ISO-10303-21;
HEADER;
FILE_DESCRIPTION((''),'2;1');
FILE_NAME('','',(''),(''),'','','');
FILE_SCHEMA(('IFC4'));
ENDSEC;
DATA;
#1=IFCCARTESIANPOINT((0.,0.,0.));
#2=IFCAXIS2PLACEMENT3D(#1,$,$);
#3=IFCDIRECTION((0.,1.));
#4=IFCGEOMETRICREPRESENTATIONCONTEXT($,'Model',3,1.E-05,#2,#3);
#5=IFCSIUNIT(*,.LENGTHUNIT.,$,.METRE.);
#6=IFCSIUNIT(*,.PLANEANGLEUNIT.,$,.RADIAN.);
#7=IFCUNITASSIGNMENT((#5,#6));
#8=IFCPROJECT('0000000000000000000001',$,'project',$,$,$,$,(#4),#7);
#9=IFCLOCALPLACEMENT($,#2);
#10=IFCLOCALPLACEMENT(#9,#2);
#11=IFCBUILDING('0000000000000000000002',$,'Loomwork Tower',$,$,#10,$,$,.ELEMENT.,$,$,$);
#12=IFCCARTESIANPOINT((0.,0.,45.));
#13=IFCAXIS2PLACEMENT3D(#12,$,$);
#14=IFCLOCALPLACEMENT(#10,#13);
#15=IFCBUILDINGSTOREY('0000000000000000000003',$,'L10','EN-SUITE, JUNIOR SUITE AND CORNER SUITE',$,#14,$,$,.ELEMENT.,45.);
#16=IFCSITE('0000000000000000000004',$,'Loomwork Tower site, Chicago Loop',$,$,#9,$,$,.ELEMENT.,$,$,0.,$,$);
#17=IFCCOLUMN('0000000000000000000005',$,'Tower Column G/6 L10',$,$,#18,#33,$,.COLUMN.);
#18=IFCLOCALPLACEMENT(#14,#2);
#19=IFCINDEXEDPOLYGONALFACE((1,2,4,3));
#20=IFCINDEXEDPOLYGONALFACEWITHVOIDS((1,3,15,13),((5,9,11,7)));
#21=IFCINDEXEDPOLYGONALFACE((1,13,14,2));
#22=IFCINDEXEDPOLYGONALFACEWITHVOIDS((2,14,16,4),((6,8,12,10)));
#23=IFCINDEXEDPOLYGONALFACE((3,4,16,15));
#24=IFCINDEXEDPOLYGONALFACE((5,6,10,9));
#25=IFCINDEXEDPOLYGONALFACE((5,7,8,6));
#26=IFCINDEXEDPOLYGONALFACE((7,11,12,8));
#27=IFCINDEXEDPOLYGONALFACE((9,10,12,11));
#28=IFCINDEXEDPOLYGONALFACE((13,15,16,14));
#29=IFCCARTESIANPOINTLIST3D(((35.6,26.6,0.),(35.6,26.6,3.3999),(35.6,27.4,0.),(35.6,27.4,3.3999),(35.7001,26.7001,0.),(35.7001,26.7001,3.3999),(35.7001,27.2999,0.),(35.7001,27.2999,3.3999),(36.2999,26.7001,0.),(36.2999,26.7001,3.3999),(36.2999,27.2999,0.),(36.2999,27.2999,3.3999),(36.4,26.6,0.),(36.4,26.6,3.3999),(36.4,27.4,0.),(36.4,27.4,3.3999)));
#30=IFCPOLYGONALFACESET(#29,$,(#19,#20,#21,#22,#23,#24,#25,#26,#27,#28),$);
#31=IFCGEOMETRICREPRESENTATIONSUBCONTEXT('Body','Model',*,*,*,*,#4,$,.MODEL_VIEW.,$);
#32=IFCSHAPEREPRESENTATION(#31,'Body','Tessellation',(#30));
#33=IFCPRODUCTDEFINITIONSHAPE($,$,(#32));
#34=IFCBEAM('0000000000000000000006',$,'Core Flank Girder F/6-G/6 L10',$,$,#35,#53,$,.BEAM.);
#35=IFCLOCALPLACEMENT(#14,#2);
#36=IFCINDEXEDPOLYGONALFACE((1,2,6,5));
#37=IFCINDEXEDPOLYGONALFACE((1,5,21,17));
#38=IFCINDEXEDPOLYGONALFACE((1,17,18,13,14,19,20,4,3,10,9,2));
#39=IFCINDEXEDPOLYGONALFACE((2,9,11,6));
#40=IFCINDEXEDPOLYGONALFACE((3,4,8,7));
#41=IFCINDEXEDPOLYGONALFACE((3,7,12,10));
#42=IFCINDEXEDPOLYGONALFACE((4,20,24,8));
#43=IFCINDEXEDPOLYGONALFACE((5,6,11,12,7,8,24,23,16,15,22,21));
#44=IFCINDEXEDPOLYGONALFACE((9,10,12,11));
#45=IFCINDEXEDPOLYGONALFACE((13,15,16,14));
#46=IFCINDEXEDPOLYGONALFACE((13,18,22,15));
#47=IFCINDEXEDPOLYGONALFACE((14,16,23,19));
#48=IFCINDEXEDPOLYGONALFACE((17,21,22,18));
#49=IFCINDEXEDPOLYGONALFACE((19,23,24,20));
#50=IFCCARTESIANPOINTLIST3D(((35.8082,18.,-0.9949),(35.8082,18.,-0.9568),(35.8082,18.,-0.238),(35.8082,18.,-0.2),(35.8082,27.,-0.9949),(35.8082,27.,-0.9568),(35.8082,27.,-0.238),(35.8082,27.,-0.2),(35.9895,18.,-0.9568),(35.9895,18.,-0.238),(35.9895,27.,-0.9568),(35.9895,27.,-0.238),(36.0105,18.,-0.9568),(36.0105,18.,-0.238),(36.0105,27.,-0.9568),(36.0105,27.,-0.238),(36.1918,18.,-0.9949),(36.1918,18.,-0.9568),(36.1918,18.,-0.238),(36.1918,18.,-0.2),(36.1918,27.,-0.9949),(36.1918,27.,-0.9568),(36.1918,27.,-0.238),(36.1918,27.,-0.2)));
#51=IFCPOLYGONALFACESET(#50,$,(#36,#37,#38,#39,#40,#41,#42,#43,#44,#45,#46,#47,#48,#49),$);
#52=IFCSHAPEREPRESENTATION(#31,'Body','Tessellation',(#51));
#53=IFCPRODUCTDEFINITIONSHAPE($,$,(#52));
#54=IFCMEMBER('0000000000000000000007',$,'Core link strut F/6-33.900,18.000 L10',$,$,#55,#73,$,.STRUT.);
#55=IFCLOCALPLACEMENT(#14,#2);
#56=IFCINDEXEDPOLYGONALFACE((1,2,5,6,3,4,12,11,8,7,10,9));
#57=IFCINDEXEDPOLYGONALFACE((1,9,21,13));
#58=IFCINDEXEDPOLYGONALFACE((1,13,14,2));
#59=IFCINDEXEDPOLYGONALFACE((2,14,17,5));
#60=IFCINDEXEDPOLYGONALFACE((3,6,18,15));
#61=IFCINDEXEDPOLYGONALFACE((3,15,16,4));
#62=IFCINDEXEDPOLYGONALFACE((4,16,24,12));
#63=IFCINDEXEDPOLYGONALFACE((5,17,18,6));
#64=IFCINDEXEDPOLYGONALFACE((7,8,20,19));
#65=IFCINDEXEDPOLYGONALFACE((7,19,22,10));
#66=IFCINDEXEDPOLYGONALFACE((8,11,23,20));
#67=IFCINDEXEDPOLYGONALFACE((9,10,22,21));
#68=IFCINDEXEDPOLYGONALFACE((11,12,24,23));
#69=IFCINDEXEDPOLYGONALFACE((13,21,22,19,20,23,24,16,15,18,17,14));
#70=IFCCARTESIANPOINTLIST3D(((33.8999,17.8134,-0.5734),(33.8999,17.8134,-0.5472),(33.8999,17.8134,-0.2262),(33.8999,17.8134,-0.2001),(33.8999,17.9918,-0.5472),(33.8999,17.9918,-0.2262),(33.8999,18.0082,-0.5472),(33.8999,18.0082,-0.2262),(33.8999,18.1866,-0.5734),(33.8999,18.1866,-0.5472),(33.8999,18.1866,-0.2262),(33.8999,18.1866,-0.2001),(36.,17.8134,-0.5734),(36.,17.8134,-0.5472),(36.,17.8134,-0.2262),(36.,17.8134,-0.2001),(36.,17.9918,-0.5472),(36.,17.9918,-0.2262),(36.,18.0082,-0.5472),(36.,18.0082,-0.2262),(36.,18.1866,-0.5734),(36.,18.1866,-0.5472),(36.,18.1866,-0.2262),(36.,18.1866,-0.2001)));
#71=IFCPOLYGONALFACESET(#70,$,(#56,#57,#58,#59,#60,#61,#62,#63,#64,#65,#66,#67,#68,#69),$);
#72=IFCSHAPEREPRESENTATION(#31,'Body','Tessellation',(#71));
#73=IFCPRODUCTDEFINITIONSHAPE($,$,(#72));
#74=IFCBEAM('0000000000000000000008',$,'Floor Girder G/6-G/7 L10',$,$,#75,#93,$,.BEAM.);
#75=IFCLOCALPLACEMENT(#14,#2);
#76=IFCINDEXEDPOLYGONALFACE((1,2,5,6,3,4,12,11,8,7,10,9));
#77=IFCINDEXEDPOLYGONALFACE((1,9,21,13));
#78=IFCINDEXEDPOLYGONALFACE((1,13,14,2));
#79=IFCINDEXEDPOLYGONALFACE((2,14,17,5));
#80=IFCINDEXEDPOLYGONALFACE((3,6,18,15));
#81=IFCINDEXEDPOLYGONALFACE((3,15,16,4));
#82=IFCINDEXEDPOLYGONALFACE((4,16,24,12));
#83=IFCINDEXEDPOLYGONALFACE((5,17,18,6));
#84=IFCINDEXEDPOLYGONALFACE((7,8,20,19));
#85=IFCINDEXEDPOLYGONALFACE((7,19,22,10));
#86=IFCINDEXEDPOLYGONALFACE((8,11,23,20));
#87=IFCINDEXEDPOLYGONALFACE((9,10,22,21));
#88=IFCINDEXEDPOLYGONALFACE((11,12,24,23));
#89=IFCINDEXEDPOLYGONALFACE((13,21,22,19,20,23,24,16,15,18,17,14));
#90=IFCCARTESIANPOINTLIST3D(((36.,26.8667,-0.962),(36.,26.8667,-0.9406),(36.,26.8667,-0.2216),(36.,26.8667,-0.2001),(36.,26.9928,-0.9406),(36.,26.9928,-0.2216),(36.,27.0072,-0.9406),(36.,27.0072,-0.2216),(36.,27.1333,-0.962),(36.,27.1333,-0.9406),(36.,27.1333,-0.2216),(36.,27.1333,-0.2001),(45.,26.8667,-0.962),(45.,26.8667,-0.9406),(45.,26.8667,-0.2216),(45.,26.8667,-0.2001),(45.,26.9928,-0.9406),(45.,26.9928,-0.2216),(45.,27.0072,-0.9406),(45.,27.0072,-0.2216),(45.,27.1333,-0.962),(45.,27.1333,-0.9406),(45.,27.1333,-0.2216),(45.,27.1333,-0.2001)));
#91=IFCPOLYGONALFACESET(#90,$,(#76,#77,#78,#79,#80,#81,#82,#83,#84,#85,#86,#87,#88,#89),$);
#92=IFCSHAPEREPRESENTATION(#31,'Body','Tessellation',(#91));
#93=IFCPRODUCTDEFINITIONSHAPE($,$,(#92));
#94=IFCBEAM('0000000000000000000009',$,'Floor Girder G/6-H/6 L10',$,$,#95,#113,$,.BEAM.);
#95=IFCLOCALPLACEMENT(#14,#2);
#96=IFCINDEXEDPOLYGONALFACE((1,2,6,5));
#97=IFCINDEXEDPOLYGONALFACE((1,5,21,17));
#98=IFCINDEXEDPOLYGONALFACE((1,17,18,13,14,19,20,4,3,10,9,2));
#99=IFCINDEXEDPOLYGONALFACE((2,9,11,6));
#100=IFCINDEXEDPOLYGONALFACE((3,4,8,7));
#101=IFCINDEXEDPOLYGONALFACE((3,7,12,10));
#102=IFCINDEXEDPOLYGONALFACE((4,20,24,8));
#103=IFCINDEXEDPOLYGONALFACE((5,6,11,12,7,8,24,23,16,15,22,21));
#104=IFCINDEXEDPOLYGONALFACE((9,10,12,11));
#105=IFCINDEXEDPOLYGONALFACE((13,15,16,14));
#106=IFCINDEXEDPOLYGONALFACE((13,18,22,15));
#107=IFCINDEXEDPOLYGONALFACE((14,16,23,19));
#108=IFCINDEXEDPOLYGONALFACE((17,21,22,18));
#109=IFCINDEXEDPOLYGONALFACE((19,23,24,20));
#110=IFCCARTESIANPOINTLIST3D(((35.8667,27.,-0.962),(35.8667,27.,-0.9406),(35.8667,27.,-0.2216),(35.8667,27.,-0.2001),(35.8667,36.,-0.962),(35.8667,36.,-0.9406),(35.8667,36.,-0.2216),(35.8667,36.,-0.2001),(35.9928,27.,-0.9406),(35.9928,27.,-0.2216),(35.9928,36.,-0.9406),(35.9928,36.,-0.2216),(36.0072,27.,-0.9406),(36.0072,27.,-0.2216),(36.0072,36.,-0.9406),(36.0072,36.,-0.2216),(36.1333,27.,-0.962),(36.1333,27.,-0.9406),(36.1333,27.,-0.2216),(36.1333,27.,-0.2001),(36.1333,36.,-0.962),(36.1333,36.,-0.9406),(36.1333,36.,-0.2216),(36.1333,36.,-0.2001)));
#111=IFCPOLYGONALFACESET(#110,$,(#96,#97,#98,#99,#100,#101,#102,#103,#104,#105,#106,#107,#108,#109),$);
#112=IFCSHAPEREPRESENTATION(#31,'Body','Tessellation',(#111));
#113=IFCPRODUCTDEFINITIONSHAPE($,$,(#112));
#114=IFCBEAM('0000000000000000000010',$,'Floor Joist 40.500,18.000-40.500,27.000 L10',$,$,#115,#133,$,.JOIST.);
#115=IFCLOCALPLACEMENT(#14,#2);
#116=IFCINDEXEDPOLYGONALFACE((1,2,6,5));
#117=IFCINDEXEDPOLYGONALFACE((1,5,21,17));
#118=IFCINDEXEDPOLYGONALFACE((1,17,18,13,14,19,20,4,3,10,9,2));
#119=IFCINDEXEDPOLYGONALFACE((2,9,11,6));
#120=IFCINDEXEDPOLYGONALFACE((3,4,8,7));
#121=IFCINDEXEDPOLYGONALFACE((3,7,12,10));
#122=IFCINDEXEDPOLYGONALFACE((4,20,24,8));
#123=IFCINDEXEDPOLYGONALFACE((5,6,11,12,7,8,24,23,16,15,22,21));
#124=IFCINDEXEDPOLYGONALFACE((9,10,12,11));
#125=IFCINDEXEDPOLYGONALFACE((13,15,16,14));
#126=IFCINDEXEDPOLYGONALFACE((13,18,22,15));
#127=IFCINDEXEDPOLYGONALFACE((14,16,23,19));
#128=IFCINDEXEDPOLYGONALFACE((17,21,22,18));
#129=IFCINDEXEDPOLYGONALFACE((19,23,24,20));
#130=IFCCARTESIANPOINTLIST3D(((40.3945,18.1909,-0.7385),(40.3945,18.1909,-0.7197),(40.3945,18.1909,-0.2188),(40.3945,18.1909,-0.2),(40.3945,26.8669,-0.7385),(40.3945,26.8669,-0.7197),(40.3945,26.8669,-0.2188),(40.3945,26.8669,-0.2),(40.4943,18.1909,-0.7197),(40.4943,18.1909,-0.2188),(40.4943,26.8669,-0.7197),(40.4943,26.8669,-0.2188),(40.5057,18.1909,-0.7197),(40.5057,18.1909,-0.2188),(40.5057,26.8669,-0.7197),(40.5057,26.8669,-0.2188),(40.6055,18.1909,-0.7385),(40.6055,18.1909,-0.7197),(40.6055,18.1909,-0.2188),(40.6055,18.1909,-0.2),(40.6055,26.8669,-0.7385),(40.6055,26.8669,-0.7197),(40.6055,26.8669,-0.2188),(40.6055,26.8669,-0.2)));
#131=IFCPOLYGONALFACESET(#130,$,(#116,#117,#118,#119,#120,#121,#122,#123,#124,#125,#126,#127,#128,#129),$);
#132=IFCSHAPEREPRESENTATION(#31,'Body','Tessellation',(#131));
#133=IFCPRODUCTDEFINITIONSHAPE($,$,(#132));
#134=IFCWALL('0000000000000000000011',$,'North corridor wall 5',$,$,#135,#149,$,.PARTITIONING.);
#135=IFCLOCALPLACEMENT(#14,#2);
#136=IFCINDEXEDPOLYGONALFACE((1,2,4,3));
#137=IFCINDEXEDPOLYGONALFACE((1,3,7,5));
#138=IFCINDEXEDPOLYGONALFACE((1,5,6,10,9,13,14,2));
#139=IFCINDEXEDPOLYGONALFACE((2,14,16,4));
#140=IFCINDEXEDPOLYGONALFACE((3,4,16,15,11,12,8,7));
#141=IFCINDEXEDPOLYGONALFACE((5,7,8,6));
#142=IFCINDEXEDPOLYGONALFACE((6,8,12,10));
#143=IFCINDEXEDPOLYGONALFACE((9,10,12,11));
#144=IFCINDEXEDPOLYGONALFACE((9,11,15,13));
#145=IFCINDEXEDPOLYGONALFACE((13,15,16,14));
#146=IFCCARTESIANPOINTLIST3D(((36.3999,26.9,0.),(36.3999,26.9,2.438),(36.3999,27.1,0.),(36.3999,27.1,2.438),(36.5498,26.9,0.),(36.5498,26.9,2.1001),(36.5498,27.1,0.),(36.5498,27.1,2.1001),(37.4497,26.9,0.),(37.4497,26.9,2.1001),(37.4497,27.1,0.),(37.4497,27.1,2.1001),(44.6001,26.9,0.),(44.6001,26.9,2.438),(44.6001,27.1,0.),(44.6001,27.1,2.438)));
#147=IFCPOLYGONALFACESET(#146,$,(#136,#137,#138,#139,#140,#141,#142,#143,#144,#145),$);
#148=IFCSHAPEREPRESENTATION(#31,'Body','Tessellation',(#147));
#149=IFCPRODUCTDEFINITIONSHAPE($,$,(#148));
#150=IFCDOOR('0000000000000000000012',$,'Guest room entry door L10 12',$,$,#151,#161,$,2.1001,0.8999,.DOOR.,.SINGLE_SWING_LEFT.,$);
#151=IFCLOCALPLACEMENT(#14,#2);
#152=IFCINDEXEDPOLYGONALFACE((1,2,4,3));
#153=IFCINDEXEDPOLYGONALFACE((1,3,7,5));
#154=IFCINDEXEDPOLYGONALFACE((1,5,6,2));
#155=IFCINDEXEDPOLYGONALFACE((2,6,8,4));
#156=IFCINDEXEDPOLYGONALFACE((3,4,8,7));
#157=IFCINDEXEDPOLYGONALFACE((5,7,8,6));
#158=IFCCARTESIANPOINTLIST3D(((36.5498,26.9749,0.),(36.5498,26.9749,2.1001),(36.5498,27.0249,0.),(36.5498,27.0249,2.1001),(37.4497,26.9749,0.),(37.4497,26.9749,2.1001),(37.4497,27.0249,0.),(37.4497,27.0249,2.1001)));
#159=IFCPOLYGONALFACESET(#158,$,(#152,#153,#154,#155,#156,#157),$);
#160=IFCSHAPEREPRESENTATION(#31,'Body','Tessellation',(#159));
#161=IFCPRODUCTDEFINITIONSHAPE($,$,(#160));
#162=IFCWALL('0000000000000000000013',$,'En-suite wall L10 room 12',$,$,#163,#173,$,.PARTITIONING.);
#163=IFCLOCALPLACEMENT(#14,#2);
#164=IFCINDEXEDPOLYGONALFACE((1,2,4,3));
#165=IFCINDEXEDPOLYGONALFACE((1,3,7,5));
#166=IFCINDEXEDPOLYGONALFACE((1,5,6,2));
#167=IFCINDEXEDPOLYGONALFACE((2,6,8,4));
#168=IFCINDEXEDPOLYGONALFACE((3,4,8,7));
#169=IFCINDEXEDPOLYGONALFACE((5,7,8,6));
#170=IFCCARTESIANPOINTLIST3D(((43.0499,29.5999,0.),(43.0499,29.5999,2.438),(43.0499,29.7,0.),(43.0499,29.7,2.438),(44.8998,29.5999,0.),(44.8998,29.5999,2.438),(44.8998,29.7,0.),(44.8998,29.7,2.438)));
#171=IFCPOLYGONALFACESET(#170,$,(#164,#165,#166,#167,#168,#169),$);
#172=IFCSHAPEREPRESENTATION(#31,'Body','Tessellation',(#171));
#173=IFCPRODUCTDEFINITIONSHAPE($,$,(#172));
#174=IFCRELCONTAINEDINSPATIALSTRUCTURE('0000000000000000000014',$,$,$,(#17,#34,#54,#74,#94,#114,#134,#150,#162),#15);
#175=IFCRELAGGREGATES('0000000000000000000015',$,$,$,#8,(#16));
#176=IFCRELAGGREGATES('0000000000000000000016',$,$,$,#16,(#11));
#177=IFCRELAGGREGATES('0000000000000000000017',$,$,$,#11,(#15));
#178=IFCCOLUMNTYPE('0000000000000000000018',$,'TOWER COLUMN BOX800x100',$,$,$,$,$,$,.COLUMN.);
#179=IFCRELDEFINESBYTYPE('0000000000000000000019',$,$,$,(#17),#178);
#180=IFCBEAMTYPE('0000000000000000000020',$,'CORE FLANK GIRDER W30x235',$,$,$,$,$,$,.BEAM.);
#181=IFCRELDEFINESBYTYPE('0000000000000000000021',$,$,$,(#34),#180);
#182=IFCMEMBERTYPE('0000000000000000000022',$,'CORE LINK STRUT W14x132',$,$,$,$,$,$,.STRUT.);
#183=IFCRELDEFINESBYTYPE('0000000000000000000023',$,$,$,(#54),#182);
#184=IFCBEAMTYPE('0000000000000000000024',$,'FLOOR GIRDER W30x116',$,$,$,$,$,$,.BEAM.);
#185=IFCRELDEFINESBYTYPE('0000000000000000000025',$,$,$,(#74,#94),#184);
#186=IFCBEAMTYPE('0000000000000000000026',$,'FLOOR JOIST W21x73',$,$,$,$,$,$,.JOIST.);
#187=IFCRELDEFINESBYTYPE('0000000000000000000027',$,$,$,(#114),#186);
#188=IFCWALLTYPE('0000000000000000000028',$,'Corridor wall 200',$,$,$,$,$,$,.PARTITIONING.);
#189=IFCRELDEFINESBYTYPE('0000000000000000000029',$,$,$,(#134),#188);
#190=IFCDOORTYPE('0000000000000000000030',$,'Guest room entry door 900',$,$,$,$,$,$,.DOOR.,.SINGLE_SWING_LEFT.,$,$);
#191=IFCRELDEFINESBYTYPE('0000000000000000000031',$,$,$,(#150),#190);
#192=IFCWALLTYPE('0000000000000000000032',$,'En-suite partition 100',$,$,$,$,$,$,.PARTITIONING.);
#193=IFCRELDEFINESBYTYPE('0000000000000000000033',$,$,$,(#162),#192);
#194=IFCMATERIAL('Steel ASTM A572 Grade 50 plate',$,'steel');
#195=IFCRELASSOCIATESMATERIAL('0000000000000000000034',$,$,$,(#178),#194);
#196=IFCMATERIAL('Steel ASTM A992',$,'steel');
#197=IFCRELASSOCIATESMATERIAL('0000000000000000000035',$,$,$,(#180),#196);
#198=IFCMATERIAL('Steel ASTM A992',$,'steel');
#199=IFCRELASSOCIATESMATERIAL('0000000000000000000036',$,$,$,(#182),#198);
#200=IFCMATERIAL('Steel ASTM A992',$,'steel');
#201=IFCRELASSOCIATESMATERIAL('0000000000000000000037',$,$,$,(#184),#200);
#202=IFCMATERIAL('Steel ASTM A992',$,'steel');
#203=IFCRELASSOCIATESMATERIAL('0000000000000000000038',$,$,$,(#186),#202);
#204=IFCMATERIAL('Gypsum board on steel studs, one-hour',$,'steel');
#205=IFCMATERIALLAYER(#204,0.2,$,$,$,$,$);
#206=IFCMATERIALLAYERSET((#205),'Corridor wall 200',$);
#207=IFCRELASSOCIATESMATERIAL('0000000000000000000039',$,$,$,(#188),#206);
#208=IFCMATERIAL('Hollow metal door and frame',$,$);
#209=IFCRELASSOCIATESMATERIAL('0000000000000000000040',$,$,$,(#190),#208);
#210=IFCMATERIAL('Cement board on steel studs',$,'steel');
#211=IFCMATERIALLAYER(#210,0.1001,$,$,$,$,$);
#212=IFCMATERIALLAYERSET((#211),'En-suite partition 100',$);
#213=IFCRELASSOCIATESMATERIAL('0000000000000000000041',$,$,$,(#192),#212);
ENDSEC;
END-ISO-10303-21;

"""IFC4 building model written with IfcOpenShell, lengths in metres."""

from ifc_helpers import new_model, si_unit, direction, frame, frame_2d, origin, origin_2d, place, context, subcontext, project, spatial, rectangle, hollow_rectangle, i_section, extrude, material, layer, layer_set, material_profile, profile_set, type_object, element, fill, save


model = new_model("IFC4")

# Units and contexts
model_context = context("Model", 3, precision=1e-05, world=origin(), true_north=direction((0.0, 1.0)))
body_context = subcontext(model_context, "Body", "Model", "MODEL_VIEW")
ifc_project = project(units=[si_unit("LENGTHUNIT", "METRE"), si_unit("PLANEANGLEUNIT", "RADIAN")], contexts=[model_context])

# Site, building, storey
site_placement = place(None, origin())
site = spatial("IfcSite", under=ifc_project, at=site_placement, Name="Loomwork Tower site, Chicago Loop", CompositionType="ELEMENT", RefElevation=0.0)
building_placement = place(site_placement, origin())
building = spatial("IfcBuilding", under=site, at=building_placement, Name="Loomwork Tower", CompositionType="ELEMENT")
storey_placement = place(building_placement, frame((0.0, 0.0, 45.0)))
storey = spatial("IfcBuildingStorey", under=building, at=storey_placement, Name="L10", Description="EN-SUITE, JUNIOR SUITE AND CORNER SUITE", CompositionType="ELEMENT", Elevation=45.0)

# Column
ifc_material_1 = material(Name="Steel ASTM A572 Grade 50 plate", Category="steel")
ifc_material_profile_1 = material_profile(ifc_material_1, hollow_rectangle(XDim=0.8, YDim=0.8, WallThickness=0.1001, at=origin_2d()), Name="BOX800x100")
ifc_profile_set_1 = profile_set([ifc_material_profile_1], Name="Steel ASTM A572 Grade 50 plate")
column_type = type_object("IfcColumnType", Name="TOWER COLUMN BOX800x100", PredefinedType="COLUMN", material=ifc_profile_set_1)
column_placement = place(storey_placement, frame((36.0, 27.0, 0.0), z_axis=(0.0, 0.0, 1.0), x_axis=(1.0, 0.0, 0.0)))
element("IfcColumn", 1, at=column_placement, inside=storey, type_object=column_type, Name="Tower Column G/6 L10", PredefinedType="COLUMN", context=body_context, shape_type="SweptSolid", body=[
    extrude(hollow_rectangle(XDim=0.8, YDim=0.8, WallThickness=0.1001, at=origin_2d()), origin(), (0.0, 0.0, 1.0), 3.3999),
])

# Beam
ifc_material_2 = material(Name="Steel ASTM A992", Category="steel")
ifc_material_profile_2 = material_profile(ifc_material_2, i_section(OverallWidth=0.3835, OverallDepth=0.7949, WebThickness=0.021, FlangeThickness=0.0381, at=origin_2d()), Name="W30x235")
ifc_profile_set_2 = profile_set([ifc_material_profile_2], Name="Steel ASTM A992")
beam_type_1 = type_object("IfcBeamType", Name="CORE FLANK GIRDER W30x235", PredefinedType="BEAM", material=ifc_profile_set_2)
beam_1_placement = place(storey_placement, frame((36.0, 18.0, -0.5974), z_axis=(0.0, 1.0, 0.0), x_axis=(-1.0, 0.0, 0.0)))
element("IfcBeam", 2, at=beam_1_placement, inside=storey, type_object=beam_type_1, Name="Core Flank Girder F/6-G/6 L10", PredefinedType="BEAM", context=body_context, shape_type="SweptSolid", body=[
    extrude(i_section(OverallWidth=0.3835, OverallDepth=0.7949, WebThickness=0.021, FlangeThickness=0.0381, at=origin_2d()), origin(), (0.0, 0.0, 1.0), 9.0),
])

# Member
ifc_material_3 = material(Name="Steel ASTM A992", Category="steel")
ifc_material_profile_3 = material_profile(ifc_material_3, i_section(OverallWidth=0.3733, OverallDepth=0.3733, WebThickness=0.0164, FlangeThickness=0.0261, at=origin_2d()), Name="W14x132")
ifc_profile_set_3 = profile_set([ifc_material_profile_3], Name="Steel ASTM A992")
member_type = type_object("IfcMemberType", Name="CORE LINK STRUT W14x132", PredefinedType="STRUT", material=ifc_profile_set_3)
member_placement = place(storey_placement, frame((36.0, 18.0, -0.3867), z_axis=(-1.0, 0.0, 0.0), x_axis=(0.0, -1.0, 0.0)))
element("IfcMember", 3, at=member_placement, inside=storey, type_object=member_type, Name="Core link strut F/6-33.900,18.000 L10", PredefinedType="STRUT", context=body_context, shape_type="SweptSolid", body=[
    extrude(i_section(OverallWidth=0.3733, OverallDepth=0.3733, WebThickness=0.0164, FlangeThickness=0.0261, at=origin_2d()), origin(), (0.0, 0.0, 1.0), 2.1001),
])

# Beams
ifc_material_4 = material(Name="Steel ASTM A992", Category="steel")
ifc_material_profile_4 = material_profile(ifc_material_4, i_section(OverallWidth=0.2666, OverallDepth=0.762, WebThickness=0.0144, FlangeThickness=0.0215, at=origin_2d()), Name="W30x116")
ifc_profile_set_4 = profile_set([ifc_material_profile_4], Name="Steel ASTM A992")
beam_type_2 = type_object("IfcBeamType", Name="FLOOR GIRDER W30x116", PredefinedType="BEAM", material=ifc_profile_set_4)
for number, where, z_axis, x_axis, name in (
    (4, (36.0, 27.0, -0.5811), (1.0, 0.0, 0.0), (0.0, 1.0, 0.0), "Floor Girder G/6-G/7 L10"),
    (5, (36.0, 27.0, -0.5811), (0.0, 1.0, 0.0), (-1.0, 0.0, 0.0), "Floor Girder G/6-H/6 L10"),
):
    element("IfcBeam", number, at=place(storey_placement, frame(where, z_axis=z_axis, x_axis=x_axis)), inside=storey, type_object=beam_type_2, Name=name, PredefinedType="BEAM", context=body_context, shape_type="SweptSolid", body=[
        extrude(i_section(OverallWidth=0.2666, OverallDepth=0.762, WebThickness=0.0144, FlangeThickness=0.0215, at=origin_2d()), origin(), (0.0, 0.0, 1.0), 9.0),
    ])
ifc_material_5 = material(Name="Steel ASTM A992", Category="steel")
ifc_material_profile_5 = material_profile(ifc_material_5, i_section(OverallWidth=0.2109, OverallDepth=0.5386, WebThickness=0.0115, FlangeThickness=0.0188, at=origin_2d()), Name="W21x73")
ifc_profile_set_5 = profile_set([ifc_material_profile_5], Name="Steel ASTM A992")
beam_type_3 = type_object("IfcBeamType", Name="FLOOR JOIST W21x73", PredefinedType="JOIST", material=ifc_profile_set_5)
beam_2_placement = place(storey_placement, frame((40.5, 18.1909, -0.4692), z_axis=(0.0, 1.0, 0.0), x_axis=(-1.0, 0.0, 0.0)))
element("IfcBeam", 6, at=beam_2_placement, inside=storey, type_object=beam_type_3, Name="Floor Joist 40.500,18.000-40.500,27.000 L10", PredefinedType="JOIST", context=body_context, shape_type="SweptSolid", body=[
    extrude(i_section(OverallWidth=0.2109, OverallDepth=0.5386, WebThickness=0.0115, FlangeThickness=0.0188, at=origin_2d()), origin(), (0.0, 0.0, 1.0), 8.676),
])

# Wall, opening, door
ifc_material_6 = material(Name="Gypsum board on steel studs, one-hour", Category="steel")
ifc_layer_1 = layer(ifc_material_6, 0.2)
ifc_layer_set_1 = layer_set([ifc_layer_1], Name="Corridor wall 200")
wall_type_1 = type_object("IfcWallType", Name="Corridor wall 200", PredefinedType="PARTITIONING", material=ifc_layer_set_1)
wall_1_placement = place(storey_placement, frame((36.3999, 27.0, 0.0), z_axis=(0.0, 0.0, 1.0), x_axis=(1.0, 0.0, 0.0)))
wall_1 = element("IfcWall", 7, at=wall_1_placement, inside=storey, type_object=wall_type_1, Name="North corridor wall 5", PredefinedType="PARTITIONING", context=body_context, shape_type="SweptSolid", body=[
    extrude(rectangle(XDim=8.2002, YDim=0.2, at=frame_2d((4.1001, 0.0))), origin(), (0.0, 0.0, 1.0), 2.438),
])
opening_1_placement = place(wall_1_placement, frame((0.1499, 0.0, 0.0)))
opening_1 = element("IfcOpeningElement", 8, at=opening_1_placement, cuts=wall_1, PredefinedType="OPENING", context=body_context, shape_type="SweptSolid", body=[
    extrude(rectangle(XDim=0.8999, YDim=2.1001, at=frame_2d((0.45, 1.05))), frame((0.0, 0.1099, 0.0), z_axis=(0.0, -1.0, 0.0), x_axis=(1.0, 0.0, 0.0)), (0.0, 0.0, 1.0), 0.22),
])
ifc_material_7 = material(Name="Hollow metal door and frame")
door_type_1 = type_object("IfcDoorType", Name="Guest room entry door 900", OperationType="SINGLE_SWING_LEFT", PredefinedType="DOOR", material=ifc_material_7)
door_1_placement = place(opening_1_placement, origin())
door_1 = element("IfcDoor", 9, at=door_1_placement, inside=storey, type_object=door_type_1, Name="Guest room entry door L10 12", OperationType="SINGLE_SWING_LEFT", OverallHeight=2.1001, OverallWidth=0.8999, PredefinedType="DOOR", context=body_context, shape_type="SweptSolid", body=[
    extrude(rectangle(XDim=0.8999, YDim=2.1001, at=frame_2d((0.45, 1.05))), frame((0.0, 0.0249, 0.0), z_axis=(0.0, -1.0, 0.0), x_axis=(1.0, 0.0, 0.0)), (0.0, 0.0, 1.0), 0.05),
])
fill(opening_1, door_1)

# Wall
ifc_material_8 = material(Name="Cement board on steel studs", Category="steel")
ifc_layer_2 = layer(ifc_material_8, 0.1001)
ifc_layer_set_2 = layer_set([ifc_layer_2], Name="En-suite partition 100")
wall_type_2 = type_object("IfcWallType", Name="En-suite partition 100", PredefinedType="PARTITIONING", material=ifc_layer_set_2)
wall_2_placement = place(storey_placement, frame((43.05, 29.6499, 0.0), z_axis=(0.0, 0.0, 1.0), x_axis=(1.0, 0.0, 0.0)))
element("IfcWall", 10, at=wall_2_placement, inside=storey, type_object=wall_type_2, Name="En-suite wall L10 room 12", PredefinedType="PARTITIONING", context=body_context, shape_type="SweptSolid", body=[
    extrude(rectangle(XDim=1.8499, YDim=0.1001, at=frame_2d((0.9248, 0.0))), origin(), (0.0, 0.0, 1.0), 2.438),
])

save(model, "model.ifc")
